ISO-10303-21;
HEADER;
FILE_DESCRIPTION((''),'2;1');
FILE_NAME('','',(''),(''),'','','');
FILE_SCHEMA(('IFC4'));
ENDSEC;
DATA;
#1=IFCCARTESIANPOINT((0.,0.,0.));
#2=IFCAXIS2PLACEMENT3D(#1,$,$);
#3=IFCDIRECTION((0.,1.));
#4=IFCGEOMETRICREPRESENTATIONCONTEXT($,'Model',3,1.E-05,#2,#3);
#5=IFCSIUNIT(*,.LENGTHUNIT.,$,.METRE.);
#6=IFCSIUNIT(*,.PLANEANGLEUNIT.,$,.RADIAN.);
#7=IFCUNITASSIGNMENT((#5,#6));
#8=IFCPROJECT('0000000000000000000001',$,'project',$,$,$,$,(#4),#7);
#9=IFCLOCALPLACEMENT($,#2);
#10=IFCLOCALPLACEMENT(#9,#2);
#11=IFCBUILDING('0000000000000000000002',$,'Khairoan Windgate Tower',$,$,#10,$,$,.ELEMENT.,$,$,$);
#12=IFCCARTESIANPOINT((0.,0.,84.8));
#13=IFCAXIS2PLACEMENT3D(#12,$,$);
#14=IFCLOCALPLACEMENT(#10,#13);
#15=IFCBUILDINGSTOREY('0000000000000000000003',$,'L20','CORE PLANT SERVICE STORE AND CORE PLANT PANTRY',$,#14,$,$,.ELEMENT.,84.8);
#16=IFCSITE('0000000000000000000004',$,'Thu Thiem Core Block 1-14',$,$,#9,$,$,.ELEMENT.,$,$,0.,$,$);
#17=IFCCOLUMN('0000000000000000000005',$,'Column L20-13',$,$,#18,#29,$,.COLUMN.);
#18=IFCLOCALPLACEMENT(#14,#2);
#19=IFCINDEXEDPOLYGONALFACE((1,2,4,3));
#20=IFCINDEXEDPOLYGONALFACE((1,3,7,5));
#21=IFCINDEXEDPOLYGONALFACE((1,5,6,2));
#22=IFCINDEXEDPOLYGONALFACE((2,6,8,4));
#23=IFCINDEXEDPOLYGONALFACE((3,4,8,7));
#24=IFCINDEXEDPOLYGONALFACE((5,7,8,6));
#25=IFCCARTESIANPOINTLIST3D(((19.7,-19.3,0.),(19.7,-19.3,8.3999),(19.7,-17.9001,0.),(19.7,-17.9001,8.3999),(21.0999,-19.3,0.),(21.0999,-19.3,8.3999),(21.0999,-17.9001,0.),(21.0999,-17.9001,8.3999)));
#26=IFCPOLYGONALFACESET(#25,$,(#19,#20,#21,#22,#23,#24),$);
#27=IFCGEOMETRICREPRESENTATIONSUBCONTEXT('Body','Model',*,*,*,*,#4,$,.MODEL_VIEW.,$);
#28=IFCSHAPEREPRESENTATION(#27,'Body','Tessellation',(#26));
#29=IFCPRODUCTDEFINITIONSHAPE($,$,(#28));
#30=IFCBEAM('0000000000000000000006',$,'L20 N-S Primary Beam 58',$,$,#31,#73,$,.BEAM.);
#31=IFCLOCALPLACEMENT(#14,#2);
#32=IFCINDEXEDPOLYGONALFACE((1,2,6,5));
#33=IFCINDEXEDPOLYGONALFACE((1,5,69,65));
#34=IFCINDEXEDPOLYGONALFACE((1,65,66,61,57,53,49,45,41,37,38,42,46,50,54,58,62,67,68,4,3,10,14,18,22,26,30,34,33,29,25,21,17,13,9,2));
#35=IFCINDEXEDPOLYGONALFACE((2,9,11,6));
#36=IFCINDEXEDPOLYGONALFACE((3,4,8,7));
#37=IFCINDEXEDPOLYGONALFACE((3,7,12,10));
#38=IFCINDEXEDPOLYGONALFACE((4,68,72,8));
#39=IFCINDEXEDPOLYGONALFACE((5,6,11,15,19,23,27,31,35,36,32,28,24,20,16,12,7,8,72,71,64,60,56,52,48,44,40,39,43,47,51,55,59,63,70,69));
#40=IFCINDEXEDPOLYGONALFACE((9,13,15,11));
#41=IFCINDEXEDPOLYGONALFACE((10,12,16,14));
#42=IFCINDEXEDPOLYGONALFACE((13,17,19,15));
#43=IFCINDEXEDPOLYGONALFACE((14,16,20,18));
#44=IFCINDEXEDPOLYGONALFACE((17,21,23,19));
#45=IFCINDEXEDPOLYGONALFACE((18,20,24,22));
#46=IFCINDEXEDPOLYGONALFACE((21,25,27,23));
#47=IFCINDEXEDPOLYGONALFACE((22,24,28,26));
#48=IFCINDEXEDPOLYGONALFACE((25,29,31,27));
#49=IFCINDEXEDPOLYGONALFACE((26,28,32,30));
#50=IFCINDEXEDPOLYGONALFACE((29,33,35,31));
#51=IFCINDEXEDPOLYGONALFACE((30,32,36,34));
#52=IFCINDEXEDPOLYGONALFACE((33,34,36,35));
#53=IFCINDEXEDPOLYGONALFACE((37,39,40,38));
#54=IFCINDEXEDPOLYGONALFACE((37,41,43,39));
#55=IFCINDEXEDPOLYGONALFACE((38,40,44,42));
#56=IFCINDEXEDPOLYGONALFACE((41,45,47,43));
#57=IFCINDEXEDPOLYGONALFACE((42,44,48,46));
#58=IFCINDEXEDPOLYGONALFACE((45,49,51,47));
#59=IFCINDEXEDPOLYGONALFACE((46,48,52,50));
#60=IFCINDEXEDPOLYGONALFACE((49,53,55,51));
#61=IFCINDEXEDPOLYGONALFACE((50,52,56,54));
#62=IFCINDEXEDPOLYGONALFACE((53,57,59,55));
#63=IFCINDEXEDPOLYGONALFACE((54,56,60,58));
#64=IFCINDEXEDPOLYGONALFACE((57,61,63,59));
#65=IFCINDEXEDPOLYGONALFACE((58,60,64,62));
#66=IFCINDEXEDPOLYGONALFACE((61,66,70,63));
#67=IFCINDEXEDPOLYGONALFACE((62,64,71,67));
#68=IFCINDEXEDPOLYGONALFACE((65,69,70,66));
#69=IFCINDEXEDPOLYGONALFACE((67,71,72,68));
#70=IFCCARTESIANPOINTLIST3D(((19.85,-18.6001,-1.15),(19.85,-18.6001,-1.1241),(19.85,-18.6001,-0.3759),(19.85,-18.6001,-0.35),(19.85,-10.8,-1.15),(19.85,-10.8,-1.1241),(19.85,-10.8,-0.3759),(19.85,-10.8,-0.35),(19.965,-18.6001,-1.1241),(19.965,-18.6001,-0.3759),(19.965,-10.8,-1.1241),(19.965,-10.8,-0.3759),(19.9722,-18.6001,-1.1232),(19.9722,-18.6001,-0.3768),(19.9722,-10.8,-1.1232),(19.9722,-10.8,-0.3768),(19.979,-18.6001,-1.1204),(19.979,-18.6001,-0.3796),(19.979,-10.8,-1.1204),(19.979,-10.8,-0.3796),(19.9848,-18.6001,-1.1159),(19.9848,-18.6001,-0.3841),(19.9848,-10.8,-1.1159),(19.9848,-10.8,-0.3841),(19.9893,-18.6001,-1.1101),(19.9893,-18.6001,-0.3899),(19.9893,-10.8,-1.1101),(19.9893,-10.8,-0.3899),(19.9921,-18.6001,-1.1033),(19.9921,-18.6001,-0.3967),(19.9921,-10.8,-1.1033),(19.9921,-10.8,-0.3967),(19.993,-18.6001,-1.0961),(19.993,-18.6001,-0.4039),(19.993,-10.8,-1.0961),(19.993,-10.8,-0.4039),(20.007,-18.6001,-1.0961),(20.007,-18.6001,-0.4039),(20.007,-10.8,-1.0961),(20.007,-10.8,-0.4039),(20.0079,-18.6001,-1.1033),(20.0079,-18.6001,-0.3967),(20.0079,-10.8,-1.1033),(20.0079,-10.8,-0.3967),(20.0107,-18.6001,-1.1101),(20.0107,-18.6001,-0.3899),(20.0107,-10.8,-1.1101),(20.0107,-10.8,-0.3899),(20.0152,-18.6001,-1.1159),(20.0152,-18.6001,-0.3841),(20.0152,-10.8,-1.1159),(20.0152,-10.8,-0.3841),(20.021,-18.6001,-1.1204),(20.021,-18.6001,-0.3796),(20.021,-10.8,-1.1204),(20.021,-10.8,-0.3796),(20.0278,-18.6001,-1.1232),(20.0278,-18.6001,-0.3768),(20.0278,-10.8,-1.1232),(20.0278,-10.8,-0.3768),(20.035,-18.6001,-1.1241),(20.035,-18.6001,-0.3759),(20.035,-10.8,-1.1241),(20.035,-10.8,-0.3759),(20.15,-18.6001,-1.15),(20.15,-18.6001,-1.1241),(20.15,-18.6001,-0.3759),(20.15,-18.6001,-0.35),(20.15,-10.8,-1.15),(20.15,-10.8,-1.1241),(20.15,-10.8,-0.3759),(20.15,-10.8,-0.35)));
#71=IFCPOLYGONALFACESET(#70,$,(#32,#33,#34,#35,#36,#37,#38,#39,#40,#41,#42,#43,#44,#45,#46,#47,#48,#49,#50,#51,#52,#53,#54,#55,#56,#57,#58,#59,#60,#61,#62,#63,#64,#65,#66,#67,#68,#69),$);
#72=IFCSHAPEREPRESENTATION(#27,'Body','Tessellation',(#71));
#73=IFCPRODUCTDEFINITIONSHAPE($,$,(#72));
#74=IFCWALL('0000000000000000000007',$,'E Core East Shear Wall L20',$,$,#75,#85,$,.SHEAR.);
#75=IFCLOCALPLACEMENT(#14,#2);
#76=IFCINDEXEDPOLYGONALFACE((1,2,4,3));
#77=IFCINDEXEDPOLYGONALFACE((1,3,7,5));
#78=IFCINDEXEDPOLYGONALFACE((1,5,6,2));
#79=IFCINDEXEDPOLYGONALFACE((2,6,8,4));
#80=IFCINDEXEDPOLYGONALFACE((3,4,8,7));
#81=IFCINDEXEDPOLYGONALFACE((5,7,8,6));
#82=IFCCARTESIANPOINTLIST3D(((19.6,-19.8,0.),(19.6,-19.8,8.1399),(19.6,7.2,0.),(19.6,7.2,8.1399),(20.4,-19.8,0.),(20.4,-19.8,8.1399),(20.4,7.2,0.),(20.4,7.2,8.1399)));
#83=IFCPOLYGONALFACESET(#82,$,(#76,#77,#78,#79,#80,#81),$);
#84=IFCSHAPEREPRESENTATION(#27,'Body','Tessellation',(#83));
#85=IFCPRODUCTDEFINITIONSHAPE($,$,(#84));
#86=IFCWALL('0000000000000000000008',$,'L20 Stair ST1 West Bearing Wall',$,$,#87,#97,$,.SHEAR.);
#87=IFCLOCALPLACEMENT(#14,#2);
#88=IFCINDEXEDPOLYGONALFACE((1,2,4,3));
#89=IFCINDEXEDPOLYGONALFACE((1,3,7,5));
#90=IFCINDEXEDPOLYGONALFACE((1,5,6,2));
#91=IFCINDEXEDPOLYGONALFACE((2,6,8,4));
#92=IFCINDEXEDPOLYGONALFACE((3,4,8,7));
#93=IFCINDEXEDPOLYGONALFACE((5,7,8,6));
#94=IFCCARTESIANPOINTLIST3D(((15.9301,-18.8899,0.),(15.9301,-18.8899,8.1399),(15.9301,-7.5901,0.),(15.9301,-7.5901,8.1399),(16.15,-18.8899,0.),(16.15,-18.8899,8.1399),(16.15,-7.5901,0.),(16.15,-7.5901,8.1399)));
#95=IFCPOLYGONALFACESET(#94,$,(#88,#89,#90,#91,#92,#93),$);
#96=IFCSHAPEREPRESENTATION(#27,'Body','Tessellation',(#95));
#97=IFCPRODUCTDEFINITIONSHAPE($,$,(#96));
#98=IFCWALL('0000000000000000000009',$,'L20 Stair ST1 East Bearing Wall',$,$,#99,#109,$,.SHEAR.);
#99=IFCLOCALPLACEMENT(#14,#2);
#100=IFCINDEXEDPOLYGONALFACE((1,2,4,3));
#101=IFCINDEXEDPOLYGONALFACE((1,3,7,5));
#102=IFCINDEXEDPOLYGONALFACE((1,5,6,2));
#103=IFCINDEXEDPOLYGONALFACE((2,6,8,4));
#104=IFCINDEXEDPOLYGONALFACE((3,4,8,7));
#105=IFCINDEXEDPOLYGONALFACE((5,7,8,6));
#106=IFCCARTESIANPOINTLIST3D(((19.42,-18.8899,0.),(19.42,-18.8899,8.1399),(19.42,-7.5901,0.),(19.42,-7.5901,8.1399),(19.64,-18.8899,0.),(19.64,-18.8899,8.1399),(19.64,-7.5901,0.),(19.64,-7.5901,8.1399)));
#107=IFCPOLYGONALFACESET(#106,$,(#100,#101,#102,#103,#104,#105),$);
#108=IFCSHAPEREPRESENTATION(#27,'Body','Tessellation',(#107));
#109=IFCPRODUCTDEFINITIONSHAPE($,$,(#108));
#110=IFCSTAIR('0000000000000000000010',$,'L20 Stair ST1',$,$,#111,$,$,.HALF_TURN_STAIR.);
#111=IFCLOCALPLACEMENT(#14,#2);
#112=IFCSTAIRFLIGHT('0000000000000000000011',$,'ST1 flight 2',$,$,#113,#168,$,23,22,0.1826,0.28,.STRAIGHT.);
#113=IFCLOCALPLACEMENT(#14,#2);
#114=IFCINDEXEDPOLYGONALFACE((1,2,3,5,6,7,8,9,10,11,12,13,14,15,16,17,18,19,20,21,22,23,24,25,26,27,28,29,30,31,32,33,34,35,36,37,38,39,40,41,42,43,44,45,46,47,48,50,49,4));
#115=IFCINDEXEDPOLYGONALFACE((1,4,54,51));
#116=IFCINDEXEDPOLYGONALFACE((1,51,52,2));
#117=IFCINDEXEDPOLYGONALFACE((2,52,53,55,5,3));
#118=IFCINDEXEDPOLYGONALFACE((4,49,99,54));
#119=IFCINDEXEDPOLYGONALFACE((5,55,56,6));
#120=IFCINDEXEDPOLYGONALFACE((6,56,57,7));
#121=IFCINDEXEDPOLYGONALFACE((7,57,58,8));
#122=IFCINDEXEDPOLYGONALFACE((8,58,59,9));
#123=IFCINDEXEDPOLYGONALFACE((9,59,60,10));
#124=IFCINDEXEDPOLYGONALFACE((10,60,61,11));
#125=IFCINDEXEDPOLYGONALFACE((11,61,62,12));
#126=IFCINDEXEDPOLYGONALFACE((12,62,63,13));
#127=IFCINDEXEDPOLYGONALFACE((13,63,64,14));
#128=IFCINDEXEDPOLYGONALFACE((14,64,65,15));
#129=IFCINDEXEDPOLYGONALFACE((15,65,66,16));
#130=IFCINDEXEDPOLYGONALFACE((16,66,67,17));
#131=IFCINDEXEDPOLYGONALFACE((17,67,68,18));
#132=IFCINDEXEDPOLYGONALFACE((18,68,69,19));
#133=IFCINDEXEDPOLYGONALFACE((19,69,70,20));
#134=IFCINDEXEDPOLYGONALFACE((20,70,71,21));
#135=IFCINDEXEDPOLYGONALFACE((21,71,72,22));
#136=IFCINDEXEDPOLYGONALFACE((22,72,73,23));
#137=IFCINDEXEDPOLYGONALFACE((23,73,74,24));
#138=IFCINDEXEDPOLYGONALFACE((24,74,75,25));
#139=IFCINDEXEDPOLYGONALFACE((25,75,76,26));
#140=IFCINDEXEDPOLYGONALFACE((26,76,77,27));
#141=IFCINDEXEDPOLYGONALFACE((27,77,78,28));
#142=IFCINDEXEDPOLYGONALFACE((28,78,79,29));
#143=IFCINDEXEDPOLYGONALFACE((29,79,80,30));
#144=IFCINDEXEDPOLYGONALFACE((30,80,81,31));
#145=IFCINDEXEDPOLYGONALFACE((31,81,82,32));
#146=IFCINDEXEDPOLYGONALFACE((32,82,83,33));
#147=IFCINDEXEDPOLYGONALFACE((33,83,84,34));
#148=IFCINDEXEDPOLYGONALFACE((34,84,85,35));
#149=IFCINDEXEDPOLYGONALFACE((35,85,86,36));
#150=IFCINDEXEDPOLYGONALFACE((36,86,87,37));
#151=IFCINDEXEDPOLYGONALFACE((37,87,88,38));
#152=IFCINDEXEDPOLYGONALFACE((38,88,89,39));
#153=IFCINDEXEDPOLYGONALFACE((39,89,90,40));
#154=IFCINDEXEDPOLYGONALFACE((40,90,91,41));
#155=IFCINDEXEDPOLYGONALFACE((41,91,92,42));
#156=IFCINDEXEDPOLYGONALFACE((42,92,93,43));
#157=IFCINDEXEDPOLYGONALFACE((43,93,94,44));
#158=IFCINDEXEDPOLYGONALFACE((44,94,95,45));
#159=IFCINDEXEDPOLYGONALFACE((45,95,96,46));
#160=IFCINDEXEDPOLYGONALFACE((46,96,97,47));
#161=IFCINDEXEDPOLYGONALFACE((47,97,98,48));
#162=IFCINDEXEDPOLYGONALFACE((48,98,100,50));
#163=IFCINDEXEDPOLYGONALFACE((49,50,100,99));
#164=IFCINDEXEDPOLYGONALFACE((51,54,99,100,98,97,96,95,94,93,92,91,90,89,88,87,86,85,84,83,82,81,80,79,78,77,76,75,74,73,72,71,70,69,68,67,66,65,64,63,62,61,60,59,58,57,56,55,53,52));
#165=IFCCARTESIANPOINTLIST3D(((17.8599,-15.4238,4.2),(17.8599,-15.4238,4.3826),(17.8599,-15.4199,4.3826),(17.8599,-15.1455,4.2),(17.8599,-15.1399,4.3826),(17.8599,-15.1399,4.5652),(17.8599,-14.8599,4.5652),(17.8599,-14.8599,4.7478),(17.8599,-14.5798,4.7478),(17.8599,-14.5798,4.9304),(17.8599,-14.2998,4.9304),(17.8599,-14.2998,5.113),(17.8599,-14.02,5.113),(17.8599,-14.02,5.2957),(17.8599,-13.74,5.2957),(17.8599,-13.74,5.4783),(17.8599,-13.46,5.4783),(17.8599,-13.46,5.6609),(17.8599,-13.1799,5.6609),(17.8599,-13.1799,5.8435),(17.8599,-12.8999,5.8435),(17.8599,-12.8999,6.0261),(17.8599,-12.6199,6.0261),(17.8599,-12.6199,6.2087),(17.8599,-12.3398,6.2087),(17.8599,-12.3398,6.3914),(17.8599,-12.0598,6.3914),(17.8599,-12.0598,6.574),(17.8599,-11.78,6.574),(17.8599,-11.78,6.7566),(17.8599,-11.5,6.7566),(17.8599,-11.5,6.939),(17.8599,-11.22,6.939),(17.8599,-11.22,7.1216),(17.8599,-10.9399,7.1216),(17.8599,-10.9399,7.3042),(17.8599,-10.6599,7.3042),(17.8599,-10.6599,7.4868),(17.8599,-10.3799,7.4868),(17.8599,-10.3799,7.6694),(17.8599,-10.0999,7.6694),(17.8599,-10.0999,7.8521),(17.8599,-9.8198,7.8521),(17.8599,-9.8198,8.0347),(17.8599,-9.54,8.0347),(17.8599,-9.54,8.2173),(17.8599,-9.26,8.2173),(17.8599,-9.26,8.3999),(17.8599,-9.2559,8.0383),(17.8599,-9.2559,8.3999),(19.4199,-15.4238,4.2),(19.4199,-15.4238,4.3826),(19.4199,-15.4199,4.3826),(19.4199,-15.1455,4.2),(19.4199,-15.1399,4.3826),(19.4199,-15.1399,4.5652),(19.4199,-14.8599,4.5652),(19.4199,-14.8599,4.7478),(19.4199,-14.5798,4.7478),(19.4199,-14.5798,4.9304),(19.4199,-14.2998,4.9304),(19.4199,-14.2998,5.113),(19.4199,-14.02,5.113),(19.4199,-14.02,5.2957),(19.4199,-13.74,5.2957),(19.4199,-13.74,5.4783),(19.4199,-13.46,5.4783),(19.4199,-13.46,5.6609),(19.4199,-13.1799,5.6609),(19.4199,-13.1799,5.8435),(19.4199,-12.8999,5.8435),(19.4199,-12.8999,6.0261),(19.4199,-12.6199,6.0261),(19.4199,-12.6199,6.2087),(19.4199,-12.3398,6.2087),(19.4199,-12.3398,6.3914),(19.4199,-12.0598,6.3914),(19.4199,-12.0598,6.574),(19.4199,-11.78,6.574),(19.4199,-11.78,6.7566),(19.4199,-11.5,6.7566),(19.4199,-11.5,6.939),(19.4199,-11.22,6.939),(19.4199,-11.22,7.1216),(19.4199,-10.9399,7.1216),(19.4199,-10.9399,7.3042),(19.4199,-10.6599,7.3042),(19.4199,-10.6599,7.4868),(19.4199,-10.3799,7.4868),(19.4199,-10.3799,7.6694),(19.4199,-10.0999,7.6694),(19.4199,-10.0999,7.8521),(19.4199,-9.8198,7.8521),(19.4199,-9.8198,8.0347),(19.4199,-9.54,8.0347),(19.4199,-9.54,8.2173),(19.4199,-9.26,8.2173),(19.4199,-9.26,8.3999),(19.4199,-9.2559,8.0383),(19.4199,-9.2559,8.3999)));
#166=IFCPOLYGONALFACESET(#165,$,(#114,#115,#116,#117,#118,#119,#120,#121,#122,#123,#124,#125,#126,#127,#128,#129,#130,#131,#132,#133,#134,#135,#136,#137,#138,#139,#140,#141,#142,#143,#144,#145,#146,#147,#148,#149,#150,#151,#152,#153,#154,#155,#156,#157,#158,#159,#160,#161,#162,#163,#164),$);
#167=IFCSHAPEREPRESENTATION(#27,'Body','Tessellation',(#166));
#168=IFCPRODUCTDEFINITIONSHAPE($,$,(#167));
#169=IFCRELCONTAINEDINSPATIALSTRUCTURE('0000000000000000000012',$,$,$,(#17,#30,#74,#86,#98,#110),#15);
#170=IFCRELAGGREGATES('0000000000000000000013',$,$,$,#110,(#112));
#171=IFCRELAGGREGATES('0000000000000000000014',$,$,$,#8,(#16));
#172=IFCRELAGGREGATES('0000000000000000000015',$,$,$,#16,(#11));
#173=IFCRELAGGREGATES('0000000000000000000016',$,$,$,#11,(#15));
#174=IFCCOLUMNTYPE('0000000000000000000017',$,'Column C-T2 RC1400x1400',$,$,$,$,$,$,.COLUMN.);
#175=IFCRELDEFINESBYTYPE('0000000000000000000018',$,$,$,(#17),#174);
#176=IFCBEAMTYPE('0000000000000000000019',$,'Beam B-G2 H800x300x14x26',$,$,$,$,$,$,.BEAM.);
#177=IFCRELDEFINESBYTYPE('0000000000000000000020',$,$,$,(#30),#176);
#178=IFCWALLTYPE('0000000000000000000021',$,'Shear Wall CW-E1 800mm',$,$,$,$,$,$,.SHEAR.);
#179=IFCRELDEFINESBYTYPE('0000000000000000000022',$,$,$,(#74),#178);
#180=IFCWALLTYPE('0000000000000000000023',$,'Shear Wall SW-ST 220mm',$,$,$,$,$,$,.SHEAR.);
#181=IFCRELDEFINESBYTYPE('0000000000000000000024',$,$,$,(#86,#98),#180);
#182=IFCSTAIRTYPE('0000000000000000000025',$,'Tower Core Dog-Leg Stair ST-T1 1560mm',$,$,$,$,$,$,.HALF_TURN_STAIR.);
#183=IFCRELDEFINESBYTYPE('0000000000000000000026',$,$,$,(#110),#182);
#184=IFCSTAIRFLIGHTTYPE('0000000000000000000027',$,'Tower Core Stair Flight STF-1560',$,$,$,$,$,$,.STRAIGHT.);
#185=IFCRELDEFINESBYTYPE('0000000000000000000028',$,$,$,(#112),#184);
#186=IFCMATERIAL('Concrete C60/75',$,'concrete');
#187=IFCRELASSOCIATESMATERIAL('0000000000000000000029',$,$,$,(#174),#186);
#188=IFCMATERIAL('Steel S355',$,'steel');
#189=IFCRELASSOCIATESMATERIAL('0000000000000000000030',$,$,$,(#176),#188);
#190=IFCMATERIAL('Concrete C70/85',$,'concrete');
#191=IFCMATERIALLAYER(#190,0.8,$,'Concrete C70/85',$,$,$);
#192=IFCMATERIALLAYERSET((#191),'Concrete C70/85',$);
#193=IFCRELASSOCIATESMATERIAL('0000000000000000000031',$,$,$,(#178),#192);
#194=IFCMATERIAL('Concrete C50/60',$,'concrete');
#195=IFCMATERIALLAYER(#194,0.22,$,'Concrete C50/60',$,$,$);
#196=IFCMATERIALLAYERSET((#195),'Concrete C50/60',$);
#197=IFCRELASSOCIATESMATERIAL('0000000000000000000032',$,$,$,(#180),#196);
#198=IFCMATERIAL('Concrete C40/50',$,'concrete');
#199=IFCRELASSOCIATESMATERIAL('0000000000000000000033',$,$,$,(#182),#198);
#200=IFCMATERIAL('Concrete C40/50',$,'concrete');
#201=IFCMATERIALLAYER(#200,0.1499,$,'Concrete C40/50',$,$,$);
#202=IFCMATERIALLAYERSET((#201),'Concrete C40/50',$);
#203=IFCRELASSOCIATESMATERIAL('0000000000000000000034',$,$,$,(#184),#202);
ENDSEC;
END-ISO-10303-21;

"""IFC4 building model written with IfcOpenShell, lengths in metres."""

from ifc_helpers import new_model, si_unit, direction, frame, frame_2d, origin, origin_2d, place, context, subcontext, project, spatial, polyline, rectangle, i_section, outline, extrude, material, layer, layer_set, material_profile, profile_set, type_object, element, aggregate, save


model = new_model("IFC4")

# Units and contexts
model_context = context("Model", 3, precision=1e-05, world=origin(), true_north=direction((0.0, 1.0)))
body_context = subcontext(model_context, "Body", "Model", "MODEL_VIEW")
ifc_project = project(units=[si_unit("LENGTHUNIT", "METRE"), si_unit("PLANEANGLEUNIT", "RADIAN")], contexts=[model_context])

# Site, building, storey
site_placement = place(None, origin())
site = spatial("IfcSite", under=ifc_project, at=site_placement, Name="Thu Thiem Core Block 1-14", CompositionType="ELEMENT", RefElevation=0.0)
building_placement = place(site_placement, origin())
building = spatial("IfcBuilding", under=site, at=building_placement, Name="Khairoan Windgate Tower", CompositionType="ELEMENT")
storey_placement = place(building_placement, frame((0.0, 0.0, 84.8)))
storey = spatial("IfcBuildingStorey", under=building, at=storey_placement, Name="L20", Description="CORE PLANT SERVICE STORE AND CORE PLANT PANTRY", CompositionType="ELEMENT", Elevation=84.8)

# Column
ifc_material_1 = material(Name="Concrete C60/75", Category="concrete")
ifc_material_profile_1 = material_profile(ifc_material_1, rectangle(XDim=1.3999, YDim=1.3999, at=origin_2d()))
ifc_profile_set_1 = profile_set([ifc_material_profile_1], Name="Concrete C60/75")
column_type = type_object("IfcColumnType", Name="Column C-T2 RC1400x1400", PredefinedType="COLUMN", material=ifc_profile_set_1)
column_placement = place(storey_placement, frame((20.3999, -18.6001, 0.0), z_axis=(0.0, 0.0, 1.0), x_axis=(1.0, 0.0, 0.0)))
element("IfcColumn", 1, at=column_placement, inside=storey, type_object=column_type, Name="Column L20-13", PredefinedType="COLUMN", context=body_context, shape_type="SweptSolid", body=[
    extrude(rectangle(XDim=1.3999, YDim=1.3999, at=origin_2d()), origin(), (0.0, 0.0, 1.0), 8.3999),
])

# Beam
ifc_material_2 = material(Name="Steel S355", Category="steel")
ifc_material_profile_2 = material_profile(ifc_material_2, i_section(OverallWidth=0.3, OverallDepth=0.8, WebThickness=0.0139, FlangeThickness=0.0259, FilletRadius=0.0281, at=origin_2d()))
ifc_profile_set_2 = profile_set([ifc_material_profile_2], Name="Steel S355")
beam_type = type_object("IfcBeamType", Name="Beam B-G2 H800x300x14x26", PredefinedType="BEAM", material=ifc_profile_set_2)
beam_placement = place(storey_placement, frame((20.0, -18.6001, -0.75), z_axis=(0.0, 1.0, 0.0), x_axis=(-1.0, 0.0, 0.0)))
element("IfcBeam", 2, at=beam_placement, inside=storey, type_object=beam_type, Name="L20 N-S Primary Beam 58", PredefinedType="BEAM", context=body_context, shape_type="SweptSolid", body=[
    extrude(i_section(OverallWidth=0.3, OverallDepth=0.8, WebThickness=0.0139, FlangeThickness=0.0259, FilletRadius=0.0281, at=origin_2d()), origin(), (0.0, 0.0, 1.0), 7.8),
])

# Walls
ifc_material_3 = material(Name="Concrete C70/85", Category="concrete")
ifc_layer_1 = layer(ifc_material_3, 0.8, Name="Concrete C70/85")
ifc_layer_set_1 = layer_set([ifc_layer_1], Name="Concrete C70/85")
wall_type_1 = type_object("IfcWallType", Name="Shear Wall CW-E1 800mm", PredefinedType="SHEAR", material=ifc_layer_set_1)
wall_placement = place(storey_placement, frame((20.0, -19.8, 0.0), z_axis=(0.0, 0.0, 1.0), x_axis=(0.0, 1.0, 0.0)))
element("IfcWall", 3, at=wall_placement, inside=storey, type_object=wall_type_1, Name="E Core East Shear Wall L20", PredefinedType="SHEAR", context=body_context, shape_type="SweptSolid", body=[
    extrude(rectangle(XDim=27.0, YDim=0.8, at=frame_2d((13.5, 0.0))), origin(), (0.0, 0.0, 1.0), 8.1399),
])
ifc_material_4 = material(Name="Concrete C50/60", Category="concrete")
ifc_layer_2 = layer(ifc_material_4, 0.22, Name="Concrete C50/60")
ifc_layer_set_2 = layer_set([ifc_layer_2], Name="Concrete C50/60")
wall_type_2 = type_object("IfcWallType", Name="Shear Wall SW-ST 220mm", PredefinedType="SHEAR", material=ifc_layer_set_2)
for number, where, z_axis, x_axis, name in (
    (4, (16.04, -18.8899, 0.0), (0.0, 0.0, 1.0), (0.0, 1.0, 0.0), "L20 Stair ST1 West Bearing Wall"),
    (5, (19.53, -18.8899, 0.0), (0.0, 0.0, 1.0), (0.0, 1.0, 0.0), "L20 Stair ST1 East Bearing Wall"),
):
    element("IfcWall", number, at=place(storey_placement, frame(where, z_axis=z_axis, x_axis=x_axis)), inside=storey, type_object=wall_type_2, Name=name, PredefinedType="SHEAR", context=body_context, shape_type="SweptSolid", body=[
        extrude(rectangle(XDim=11.2998, YDim=0.22, at=frame_2d((5.6499, 0.0))), origin(), (0.0, 0.0, 1.0), 8.1399),
    ])

# Stair, stair flight
ifc_material_5 = material(Name="Concrete C40/50", Category="concrete")
stair_type = type_object("IfcStairType", Name="Tower Core Dog-Leg Stair ST-T1 1560mm", PredefinedType="HALF_TURN_STAIR", material=ifc_material_5)
stair_placement = place(storey_placement, origin())
stair = element("IfcStair", 6, at=stair_placement, inside=storey, type_object=stair_type, Name="L20 Stair ST1", PredefinedType="HALF_TURN_STAIR")
ifc_material_6 = material(Name="Concrete C40/50", Category="concrete")
ifc_layer_3 = layer(ifc_material_6, 0.1499, Name="Concrete C40/50")
ifc_layer_set_3 = layer_set([ifc_layer_3], Name="Concrete C40/50")
stair_flight_type = type_object("IfcStairFlightType", Name="Tower Core Stair Flight STF-1560", PredefinedType="STRAIGHT", material=ifc_layer_set_3)
stair_flight_placement = place(storey_placement, frame((18.6399, -15.4199, 4.2), z_axis=(0.0, 0.0, 1.0), x_axis=(0.0, 1.0, 0.0)))
stair_flight = element("IfcStairFlight", 7, at=stair_flight_placement, type_object=stair_flight_type, Name="ST1 flight 2", NumberOfRisers=23, NumberOfTreads=22, PredefinedType="STRAIGHT", RiserHeight=0.1826, TreadLength=0.28, context=body_context, shape_type="SweptSolid", body=[
    extrude(outline(polyline([(-0.0039, 0.0), (-0.0039, 0.1826), (0.0, 0.1826), (0.28, 0.1826), (0.28, 0.3652), (0.5601, 0.3652), (0.5601, 0.5479), (0.8401, 0.5479), (0.8401, 0.7305), (1.1201, 0.7305), (1.1201, 0.9131), (1.3999, 0.9131), (1.3999, 1.0957), (1.6799, 1.0957), (1.6799, 1.2783), (1.96, 1.2783), (1.96, 1.4609), (2.24, 1.4609), (2.24, 1.6436), (2.52, 1.6436), (2.52, 1.8262), (2.8, 1.8262), (2.8, 2.0088), (3.0801, 2.0088), (3.0801, 2.1914), (3.3601, 2.1914), (3.3601, 2.374), (3.6399, 2.374), (3.6399, 2.5566), (3.9199, 2.5566), (3.9199, 2.739), (4.2, 2.739), (4.2, 2.9216), (4.48, 2.9216), (4.48, 3.1042), (4.76, 3.1042), (4.76, 3.2869), (5.04, 3.2869), (5.04, 3.4695), (5.3201, 3.4695), (5.3201, 3.6521), (5.6001, 3.6521), (5.6001, 3.8347), (5.8799, 3.8347), (5.8799, 4.0173), (6.1599, 4.0173), (6.1599, 4.2), (6.1641, 4.2), (6.1641, 3.8384), (0.2744, 0.0), (-0.0039, 0.0)])), frame((0.0, 0.78, 0.0), z_axis=(0.0, -1.0, 0.0), x_axis=(1.0, 0.0, 0.0)), (0.0, 0.0, 1.0), 1.5601),
])
aggregate(stair, [stair_flight])

save(model, "model.ifc")
